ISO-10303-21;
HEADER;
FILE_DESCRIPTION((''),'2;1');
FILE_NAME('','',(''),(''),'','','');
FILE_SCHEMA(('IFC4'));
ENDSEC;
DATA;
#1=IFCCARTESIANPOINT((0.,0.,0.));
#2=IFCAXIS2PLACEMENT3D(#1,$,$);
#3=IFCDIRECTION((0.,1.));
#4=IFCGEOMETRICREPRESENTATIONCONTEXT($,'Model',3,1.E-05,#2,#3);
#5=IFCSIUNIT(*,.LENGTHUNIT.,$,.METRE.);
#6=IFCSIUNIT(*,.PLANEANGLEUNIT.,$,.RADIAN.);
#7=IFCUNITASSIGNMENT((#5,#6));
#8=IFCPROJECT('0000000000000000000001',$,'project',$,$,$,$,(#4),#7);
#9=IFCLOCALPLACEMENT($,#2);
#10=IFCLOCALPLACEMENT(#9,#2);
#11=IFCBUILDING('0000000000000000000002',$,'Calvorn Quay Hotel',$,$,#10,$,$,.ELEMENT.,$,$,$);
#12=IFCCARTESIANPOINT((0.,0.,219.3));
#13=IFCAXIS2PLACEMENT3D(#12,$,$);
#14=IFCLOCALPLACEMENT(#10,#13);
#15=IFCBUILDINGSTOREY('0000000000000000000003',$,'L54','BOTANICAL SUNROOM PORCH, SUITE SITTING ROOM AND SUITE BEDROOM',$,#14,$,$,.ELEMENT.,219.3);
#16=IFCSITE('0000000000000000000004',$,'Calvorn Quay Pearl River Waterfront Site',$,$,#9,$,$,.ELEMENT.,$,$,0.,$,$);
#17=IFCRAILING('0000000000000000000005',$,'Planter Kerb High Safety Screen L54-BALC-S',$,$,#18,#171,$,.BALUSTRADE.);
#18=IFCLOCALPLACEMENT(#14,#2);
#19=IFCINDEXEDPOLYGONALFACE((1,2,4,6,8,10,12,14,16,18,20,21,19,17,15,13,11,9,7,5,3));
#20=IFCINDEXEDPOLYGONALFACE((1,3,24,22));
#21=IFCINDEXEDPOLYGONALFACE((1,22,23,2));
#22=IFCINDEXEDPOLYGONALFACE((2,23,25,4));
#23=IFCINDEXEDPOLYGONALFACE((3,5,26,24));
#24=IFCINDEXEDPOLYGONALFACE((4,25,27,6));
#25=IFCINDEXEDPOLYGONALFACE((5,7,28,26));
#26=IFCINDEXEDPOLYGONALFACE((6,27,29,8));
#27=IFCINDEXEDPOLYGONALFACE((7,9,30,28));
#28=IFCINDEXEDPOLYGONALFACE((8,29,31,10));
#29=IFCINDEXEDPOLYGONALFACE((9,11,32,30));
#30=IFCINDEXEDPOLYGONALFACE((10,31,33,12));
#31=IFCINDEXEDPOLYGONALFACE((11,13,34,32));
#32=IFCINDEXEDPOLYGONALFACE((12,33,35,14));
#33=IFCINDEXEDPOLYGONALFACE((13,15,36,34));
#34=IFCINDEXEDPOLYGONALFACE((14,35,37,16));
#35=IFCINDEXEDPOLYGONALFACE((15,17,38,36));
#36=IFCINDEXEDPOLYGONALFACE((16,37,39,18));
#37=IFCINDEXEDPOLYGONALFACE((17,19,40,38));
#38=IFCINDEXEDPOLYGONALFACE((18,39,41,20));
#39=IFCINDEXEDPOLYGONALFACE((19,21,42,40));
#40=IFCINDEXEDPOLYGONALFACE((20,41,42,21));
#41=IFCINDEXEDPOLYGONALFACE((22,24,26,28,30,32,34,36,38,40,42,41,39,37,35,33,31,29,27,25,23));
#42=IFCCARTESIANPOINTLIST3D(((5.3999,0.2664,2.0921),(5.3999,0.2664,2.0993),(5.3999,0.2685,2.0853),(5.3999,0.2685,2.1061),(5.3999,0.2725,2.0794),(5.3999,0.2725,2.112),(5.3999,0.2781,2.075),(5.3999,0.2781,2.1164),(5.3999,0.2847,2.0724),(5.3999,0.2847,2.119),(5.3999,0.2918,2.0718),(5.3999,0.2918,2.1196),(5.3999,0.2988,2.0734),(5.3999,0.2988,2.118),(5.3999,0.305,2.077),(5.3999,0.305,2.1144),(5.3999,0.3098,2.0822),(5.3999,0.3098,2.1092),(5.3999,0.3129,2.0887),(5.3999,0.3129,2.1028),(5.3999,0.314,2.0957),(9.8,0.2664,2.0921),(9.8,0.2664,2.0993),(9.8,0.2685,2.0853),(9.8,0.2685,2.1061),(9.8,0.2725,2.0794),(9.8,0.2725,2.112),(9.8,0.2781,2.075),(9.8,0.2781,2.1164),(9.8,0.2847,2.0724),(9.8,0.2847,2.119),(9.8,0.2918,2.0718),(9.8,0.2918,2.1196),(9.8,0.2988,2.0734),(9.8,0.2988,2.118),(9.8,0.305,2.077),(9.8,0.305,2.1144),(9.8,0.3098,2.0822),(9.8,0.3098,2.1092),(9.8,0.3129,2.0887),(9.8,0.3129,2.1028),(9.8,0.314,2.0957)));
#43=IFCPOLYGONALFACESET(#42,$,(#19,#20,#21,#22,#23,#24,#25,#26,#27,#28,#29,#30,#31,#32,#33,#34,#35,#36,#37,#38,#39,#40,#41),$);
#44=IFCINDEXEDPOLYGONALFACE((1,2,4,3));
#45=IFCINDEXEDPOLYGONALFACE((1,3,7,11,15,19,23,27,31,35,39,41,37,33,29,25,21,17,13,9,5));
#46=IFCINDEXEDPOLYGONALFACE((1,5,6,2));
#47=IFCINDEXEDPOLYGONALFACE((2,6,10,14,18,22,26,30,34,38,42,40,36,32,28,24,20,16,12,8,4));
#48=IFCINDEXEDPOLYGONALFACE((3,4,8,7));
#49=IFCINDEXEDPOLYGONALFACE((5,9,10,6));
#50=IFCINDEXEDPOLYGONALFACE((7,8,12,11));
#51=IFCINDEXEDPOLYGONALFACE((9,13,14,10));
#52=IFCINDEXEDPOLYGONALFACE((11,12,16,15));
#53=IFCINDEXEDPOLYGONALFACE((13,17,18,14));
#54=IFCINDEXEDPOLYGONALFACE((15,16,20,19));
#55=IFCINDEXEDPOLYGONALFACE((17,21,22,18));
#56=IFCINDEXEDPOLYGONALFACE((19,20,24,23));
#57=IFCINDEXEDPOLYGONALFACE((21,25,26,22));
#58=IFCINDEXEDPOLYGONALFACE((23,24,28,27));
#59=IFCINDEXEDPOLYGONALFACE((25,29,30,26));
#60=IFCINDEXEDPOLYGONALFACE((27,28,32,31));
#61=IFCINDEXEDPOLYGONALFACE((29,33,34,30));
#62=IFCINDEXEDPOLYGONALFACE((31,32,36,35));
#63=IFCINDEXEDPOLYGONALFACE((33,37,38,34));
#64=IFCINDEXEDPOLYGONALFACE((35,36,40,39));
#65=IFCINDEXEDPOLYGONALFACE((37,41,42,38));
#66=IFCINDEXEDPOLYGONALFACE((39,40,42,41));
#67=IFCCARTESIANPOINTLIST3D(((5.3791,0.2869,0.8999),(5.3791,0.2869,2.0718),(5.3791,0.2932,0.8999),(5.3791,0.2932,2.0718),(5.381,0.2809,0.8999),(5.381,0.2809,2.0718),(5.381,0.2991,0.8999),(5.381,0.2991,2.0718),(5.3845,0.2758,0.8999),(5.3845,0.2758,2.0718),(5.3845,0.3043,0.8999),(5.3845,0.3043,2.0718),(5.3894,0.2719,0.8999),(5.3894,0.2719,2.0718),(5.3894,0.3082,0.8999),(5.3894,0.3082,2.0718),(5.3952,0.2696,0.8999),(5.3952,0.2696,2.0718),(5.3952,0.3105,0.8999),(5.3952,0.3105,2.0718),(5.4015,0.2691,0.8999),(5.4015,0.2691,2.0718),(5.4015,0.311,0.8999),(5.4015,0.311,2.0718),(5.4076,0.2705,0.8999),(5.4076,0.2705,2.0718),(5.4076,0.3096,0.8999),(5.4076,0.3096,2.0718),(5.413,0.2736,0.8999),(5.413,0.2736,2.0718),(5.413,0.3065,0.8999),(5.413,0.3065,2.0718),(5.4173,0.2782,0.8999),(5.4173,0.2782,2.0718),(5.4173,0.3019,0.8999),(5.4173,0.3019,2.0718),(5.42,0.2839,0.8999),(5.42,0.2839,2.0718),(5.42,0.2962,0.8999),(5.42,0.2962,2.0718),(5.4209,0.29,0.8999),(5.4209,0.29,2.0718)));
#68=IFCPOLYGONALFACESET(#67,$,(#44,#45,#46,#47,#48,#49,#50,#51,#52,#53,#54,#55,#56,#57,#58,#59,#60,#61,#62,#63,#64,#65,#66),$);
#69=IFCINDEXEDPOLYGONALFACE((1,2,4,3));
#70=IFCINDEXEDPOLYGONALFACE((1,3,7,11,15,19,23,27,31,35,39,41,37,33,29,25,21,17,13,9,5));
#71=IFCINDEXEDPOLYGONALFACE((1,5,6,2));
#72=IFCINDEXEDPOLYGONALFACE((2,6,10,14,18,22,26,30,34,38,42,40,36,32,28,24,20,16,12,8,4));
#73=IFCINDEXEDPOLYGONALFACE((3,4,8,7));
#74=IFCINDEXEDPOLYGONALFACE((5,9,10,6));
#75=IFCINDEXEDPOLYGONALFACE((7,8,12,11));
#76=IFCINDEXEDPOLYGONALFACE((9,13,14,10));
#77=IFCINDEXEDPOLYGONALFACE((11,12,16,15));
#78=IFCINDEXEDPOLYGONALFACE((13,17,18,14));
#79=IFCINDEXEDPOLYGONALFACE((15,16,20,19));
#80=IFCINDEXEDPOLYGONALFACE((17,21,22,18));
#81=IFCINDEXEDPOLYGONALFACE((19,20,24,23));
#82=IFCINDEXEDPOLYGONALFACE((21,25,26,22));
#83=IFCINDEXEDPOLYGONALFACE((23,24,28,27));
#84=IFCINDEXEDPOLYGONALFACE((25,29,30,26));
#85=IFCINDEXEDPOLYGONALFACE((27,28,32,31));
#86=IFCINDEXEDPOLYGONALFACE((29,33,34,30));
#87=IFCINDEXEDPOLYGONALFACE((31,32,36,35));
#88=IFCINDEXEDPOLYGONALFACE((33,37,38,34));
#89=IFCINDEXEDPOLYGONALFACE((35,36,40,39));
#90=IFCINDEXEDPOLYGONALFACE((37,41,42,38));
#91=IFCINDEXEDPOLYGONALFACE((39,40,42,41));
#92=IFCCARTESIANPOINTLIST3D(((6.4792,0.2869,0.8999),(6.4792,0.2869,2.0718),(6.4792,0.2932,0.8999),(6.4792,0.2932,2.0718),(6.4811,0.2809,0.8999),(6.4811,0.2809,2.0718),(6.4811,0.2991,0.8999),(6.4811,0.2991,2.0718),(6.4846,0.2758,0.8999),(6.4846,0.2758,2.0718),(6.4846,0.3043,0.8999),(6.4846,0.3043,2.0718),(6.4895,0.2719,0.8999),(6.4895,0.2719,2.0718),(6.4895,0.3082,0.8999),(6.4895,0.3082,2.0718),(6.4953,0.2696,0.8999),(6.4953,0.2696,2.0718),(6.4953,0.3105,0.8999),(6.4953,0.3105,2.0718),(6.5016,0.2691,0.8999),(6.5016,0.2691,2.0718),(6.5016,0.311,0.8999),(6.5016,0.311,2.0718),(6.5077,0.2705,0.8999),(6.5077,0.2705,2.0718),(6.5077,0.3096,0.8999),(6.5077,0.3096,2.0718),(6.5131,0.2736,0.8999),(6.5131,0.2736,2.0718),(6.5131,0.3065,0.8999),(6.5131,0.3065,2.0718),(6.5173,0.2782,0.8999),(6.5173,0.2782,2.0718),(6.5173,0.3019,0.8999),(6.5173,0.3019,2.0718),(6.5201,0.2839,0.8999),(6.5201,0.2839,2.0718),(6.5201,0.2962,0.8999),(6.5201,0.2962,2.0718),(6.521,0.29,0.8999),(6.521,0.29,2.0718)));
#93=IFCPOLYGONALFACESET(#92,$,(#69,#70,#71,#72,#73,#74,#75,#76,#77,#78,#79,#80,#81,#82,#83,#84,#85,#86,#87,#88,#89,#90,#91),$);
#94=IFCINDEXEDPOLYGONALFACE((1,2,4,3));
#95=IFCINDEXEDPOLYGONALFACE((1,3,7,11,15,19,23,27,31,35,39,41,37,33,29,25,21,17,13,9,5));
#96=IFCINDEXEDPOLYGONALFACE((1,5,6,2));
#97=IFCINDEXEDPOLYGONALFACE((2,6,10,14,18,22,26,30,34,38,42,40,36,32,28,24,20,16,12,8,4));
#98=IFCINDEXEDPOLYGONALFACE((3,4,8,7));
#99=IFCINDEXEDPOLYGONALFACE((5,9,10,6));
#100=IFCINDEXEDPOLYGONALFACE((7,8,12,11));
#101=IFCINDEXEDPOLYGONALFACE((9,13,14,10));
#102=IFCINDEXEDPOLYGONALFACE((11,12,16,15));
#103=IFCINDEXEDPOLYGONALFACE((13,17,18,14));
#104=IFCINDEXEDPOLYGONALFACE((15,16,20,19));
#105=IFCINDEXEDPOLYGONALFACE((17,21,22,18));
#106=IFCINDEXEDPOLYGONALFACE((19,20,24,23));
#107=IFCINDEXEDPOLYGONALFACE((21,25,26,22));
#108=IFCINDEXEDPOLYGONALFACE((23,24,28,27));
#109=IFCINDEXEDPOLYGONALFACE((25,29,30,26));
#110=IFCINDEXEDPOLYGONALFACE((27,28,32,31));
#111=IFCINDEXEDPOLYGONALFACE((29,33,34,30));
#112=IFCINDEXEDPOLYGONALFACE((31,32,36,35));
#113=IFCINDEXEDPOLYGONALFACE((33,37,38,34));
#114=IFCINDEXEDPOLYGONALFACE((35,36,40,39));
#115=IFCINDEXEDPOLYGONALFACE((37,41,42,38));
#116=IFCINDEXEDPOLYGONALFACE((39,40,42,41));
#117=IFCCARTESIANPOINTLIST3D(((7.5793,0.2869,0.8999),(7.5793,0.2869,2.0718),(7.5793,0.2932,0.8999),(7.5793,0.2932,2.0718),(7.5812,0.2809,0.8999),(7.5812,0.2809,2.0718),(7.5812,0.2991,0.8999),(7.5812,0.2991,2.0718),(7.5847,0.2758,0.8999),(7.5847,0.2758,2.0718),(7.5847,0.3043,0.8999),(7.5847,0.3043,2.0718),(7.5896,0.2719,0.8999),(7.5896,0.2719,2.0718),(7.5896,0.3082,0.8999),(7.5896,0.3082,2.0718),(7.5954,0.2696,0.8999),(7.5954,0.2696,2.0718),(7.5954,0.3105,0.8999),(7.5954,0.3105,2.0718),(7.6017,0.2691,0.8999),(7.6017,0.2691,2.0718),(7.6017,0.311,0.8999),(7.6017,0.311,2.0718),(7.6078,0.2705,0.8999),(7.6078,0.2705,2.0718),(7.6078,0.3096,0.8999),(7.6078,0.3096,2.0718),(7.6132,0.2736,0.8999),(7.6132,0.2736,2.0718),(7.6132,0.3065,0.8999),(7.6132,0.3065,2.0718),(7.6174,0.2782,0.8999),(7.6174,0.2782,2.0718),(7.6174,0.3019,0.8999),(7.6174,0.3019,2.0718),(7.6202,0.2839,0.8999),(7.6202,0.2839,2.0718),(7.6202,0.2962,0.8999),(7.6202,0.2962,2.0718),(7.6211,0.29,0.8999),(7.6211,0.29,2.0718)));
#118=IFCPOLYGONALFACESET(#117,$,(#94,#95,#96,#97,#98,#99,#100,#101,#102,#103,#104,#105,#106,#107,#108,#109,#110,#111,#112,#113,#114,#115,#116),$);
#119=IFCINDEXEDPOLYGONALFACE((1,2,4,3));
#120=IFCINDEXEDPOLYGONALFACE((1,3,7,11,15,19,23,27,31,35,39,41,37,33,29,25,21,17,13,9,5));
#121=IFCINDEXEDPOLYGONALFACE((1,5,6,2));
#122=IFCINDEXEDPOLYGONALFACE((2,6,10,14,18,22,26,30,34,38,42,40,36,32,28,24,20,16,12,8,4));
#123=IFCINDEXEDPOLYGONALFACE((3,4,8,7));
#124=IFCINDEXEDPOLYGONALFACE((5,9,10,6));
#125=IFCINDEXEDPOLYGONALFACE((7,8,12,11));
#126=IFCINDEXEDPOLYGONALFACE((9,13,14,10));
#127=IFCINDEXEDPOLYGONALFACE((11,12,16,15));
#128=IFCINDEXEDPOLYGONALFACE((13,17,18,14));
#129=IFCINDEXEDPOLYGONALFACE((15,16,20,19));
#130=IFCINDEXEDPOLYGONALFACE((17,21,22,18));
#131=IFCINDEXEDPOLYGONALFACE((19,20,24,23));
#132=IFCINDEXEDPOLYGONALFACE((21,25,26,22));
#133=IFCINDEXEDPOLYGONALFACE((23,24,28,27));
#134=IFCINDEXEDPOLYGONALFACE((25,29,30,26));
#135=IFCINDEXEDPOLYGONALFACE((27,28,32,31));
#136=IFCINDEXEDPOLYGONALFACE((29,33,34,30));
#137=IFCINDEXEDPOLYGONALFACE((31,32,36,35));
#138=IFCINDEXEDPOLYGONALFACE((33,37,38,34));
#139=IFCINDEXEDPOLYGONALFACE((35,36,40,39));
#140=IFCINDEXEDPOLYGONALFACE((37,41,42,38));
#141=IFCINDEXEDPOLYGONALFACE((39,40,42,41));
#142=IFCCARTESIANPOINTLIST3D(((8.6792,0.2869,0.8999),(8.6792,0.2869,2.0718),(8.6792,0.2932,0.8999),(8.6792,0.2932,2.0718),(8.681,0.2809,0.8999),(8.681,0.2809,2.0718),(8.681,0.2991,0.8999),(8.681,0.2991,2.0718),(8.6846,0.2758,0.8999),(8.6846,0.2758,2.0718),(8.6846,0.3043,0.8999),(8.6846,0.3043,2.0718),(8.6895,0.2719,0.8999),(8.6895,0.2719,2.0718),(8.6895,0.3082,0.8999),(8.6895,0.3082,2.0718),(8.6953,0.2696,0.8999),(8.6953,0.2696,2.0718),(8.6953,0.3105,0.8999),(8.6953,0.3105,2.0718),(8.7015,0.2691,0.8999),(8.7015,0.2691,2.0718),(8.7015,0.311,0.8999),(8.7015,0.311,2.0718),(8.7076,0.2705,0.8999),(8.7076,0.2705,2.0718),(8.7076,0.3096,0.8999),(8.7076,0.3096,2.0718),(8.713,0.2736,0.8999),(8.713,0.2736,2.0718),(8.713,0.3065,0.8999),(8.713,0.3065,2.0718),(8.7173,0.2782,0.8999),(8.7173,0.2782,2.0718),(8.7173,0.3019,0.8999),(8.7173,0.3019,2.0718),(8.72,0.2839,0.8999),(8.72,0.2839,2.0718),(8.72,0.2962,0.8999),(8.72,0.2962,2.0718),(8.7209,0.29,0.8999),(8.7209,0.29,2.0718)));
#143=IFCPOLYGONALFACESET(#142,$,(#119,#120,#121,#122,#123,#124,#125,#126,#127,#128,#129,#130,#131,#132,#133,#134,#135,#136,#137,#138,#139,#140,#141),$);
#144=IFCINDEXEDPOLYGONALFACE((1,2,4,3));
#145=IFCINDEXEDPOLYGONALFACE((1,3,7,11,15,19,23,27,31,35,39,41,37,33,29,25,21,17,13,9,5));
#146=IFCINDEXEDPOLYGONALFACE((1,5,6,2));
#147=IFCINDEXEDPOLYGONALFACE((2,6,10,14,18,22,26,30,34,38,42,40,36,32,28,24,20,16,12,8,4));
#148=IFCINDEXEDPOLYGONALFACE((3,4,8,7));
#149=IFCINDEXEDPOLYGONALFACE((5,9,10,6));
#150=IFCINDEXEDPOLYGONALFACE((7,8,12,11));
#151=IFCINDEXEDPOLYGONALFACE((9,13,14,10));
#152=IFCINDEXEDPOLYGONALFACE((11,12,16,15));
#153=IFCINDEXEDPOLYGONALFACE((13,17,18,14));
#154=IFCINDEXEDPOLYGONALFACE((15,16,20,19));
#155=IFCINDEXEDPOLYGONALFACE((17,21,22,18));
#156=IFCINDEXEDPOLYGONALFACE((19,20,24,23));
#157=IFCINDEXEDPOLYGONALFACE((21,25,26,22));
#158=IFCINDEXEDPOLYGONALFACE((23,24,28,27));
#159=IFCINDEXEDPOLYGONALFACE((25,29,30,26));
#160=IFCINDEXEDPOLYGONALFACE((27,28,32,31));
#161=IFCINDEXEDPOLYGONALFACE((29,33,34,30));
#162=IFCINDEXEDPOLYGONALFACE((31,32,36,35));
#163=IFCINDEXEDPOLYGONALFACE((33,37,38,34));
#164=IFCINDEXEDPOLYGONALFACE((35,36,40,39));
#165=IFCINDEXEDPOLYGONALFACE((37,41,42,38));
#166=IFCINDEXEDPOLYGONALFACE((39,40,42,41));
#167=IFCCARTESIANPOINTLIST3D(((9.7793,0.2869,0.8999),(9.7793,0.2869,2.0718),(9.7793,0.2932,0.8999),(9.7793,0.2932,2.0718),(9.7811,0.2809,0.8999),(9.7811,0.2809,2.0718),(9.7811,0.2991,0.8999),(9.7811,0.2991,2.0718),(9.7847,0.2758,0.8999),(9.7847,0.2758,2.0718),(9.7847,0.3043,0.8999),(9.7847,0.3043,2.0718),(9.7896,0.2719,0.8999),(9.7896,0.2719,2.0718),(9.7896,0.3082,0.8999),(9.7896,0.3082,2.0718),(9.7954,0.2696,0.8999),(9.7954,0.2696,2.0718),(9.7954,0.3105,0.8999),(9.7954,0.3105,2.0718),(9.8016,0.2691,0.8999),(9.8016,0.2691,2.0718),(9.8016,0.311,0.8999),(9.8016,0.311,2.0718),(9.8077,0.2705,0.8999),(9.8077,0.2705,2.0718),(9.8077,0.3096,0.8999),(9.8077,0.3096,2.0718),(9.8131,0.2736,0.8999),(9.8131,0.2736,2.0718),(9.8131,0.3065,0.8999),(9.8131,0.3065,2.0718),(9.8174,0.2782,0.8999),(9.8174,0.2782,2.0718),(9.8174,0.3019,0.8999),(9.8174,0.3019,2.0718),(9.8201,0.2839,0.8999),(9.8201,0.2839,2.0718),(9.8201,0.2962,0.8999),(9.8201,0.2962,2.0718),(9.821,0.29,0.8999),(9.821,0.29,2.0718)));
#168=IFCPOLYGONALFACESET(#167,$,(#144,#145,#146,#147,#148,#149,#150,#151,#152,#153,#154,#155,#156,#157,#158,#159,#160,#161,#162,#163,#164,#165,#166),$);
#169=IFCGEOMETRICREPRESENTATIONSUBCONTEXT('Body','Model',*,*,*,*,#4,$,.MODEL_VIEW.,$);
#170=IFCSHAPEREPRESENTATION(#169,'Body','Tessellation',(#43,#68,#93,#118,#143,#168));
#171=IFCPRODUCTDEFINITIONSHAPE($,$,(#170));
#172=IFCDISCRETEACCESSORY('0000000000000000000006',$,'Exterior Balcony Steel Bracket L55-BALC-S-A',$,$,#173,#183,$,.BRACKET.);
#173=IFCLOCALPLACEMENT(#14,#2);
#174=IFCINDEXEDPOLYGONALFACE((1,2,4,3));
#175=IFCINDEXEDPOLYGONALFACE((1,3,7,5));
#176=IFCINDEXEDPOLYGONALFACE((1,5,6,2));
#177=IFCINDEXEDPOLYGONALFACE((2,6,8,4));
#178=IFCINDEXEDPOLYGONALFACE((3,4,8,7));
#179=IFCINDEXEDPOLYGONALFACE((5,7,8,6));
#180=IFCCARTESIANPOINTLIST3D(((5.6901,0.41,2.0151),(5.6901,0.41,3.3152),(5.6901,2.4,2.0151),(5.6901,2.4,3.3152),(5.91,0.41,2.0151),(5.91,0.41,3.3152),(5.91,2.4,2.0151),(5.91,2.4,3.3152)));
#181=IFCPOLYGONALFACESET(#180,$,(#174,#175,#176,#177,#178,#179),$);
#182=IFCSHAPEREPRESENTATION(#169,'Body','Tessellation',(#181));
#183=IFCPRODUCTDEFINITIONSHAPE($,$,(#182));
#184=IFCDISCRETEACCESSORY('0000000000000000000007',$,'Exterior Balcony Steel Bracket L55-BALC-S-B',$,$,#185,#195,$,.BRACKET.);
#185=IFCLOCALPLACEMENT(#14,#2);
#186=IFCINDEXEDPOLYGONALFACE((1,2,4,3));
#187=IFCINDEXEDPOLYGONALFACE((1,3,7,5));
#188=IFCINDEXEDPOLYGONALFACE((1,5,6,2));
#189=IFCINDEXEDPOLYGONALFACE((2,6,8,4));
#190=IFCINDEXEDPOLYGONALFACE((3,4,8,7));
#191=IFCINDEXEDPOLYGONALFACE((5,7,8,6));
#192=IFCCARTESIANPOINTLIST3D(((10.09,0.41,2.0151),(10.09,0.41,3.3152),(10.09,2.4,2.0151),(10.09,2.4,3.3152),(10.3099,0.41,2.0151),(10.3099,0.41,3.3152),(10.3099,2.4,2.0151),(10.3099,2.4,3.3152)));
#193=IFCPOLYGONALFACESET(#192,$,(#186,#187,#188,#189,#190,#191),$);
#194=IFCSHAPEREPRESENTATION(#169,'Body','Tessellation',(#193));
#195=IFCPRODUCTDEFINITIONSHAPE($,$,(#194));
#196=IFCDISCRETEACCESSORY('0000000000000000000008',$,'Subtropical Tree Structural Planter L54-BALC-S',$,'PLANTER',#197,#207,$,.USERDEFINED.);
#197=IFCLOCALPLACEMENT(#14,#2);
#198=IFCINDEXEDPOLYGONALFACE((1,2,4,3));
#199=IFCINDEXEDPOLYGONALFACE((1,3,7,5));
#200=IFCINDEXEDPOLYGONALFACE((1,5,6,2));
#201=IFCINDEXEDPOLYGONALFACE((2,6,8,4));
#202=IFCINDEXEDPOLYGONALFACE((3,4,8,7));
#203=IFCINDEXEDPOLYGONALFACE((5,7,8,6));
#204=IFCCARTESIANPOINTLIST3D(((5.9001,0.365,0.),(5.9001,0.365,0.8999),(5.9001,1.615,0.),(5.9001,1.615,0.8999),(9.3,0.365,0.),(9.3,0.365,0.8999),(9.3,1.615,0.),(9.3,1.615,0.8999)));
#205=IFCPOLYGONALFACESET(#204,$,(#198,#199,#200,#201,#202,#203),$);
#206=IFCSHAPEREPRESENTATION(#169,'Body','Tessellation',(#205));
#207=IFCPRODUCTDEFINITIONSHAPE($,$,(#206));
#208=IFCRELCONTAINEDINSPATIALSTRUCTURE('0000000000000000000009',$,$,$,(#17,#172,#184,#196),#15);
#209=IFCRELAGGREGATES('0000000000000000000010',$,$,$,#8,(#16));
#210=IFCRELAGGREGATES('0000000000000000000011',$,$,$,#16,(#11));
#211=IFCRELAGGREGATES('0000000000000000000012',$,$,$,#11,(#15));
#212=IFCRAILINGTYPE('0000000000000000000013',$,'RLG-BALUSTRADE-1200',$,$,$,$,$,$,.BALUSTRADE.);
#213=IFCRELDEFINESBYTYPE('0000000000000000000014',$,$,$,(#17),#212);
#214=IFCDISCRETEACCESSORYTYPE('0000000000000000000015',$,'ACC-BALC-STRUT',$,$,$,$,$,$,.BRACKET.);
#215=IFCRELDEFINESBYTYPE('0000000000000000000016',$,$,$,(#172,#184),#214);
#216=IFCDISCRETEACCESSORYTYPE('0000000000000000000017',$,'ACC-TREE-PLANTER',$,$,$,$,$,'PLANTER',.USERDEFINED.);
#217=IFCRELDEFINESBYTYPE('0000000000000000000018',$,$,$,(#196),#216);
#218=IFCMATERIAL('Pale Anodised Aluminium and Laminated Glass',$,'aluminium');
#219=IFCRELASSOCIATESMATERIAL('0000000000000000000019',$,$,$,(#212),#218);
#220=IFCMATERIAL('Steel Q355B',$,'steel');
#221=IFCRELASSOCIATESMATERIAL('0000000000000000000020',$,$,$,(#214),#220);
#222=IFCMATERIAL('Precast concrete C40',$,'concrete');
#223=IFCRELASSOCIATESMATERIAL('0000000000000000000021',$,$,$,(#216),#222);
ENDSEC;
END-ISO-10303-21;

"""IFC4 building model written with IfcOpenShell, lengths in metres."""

from ifc_helpers import new_model, si_unit, direction, frame, origin, origin_2d, place, context, subcontext, project, spatial, rectangle, circle, extrude, material, type_object, element, save


model = new_model("IFC4")

# Units and contexts
model_context = context("Model", 3, precision=1e-05, world=origin(), true_north=direction((0.0, 1.0)))
body_context = subcontext(model_context, "Body", "Model", "MODEL_VIEW")
ifc_project = project(units=[si_unit("LENGTHUNIT", "METRE"), si_unit("PLANEANGLEUNIT", "RADIAN")], contexts=[model_context])

# Site, building, storey
site_placement = place(None, origin())
site = spatial("IfcSite", under=ifc_project, at=site_placement, Name="Calvorn Quay Pearl River Waterfront Site", CompositionType="ELEMENT", RefElevation=0.0)
building_placement = place(site_placement, origin())
building = spatial("IfcBuilding", under=site, at=building_placement, Name="Calvorn Quay Hotel", CompositionType="ELEMENT")
storey_placement = place(building_placement, frame((0.0, 0.0, 219.3)))
storey = spatial("IfcBuildingStorey", under=building, at=storey_placement, Name="L54", Description="BOTANICAL SUNROOM PORCH, SUITE SITTING ROOM AND SUITE BEDROOM", CompositionType="ELEMENT", Elevation=219.3)

# Railing
ifc_material_1 = material(Name="Pale Anodised Aluminium and Laminated Glass", Category="aluminium")
railing_type = type_object("IfcRailingType", Name="RLG-BALUSTRADE-1200", PredefinedType="BALUSTRADE", material=ifc_material_1)
railing_1_placement = place(storey_placement, frame((5.3999, 0.29, 0.8999)))
element("IfcRailing", 1, at=railing_1_placement, inside=storey, type_object=railing_type, Name="Planter Kerb High Safety Screen L54-BALC-S", PredefinedType="BALUSTRADE", context=body_context, shape_type="SweptSolid", body=[
    extrude(circle(Radius=0.0239, at=origin_2d()), frame((0.0, 0.0, 1.1958), z_axis=(1.0, 0.0, 0.0), x_axis=(0.0, 1.0, 0.0)), (0.0, 0.0, 1.0), 4.4001),
    extrude(circle(Radius=0.021, at=origin_2d()), origin(), (0.0, 0.0, 1.0), 1.1719),
    extrude(circle(Radius=0.021, at=origin_2d()), frame((1.1001, 0.0, 0.0)), (0.0, 0.0, 1.0), 1.1719),
    extrude(circle(Radius=0.021, at=origin_2d()), frame((2.2002, 0.0, 0.0)), (0.0, 0.0, 1.0), 1.1719),
    extrude(circle(Radius=0.021, at=origin_2d()), frame((3.3, 0.0, 0.0)), (0.0, 0.0, 1.0), 1.1719),
    extrude(circle(Radius=0.021, at=origin_2d()), frame((4.4001, 0.0, 0.0)), (0.0, 0.0, 1.0), 1.1719),
])

# Discrete accessories
ifc_material_2 = material(Name="Steel Q355B", Category="steel")
discrete_accessory_type_1 = type_object("IfcDiscreteAccessoryType", Name="ACC-BALC-STRUT", PredefinedType="BRACKET", material=ifc_material_2)
for number, where, z_axis, x_axis, name in (
    (2, (5.8, 1.405, 2.0151), (0.0, 0.0, 1.0), (1.0, 0.0, 0.0), "Exterior Balcony Steel Bracket L55-BALC-S-A"),
    (3, (10.2, 1.405, 2.0151), (0.0, 0.0, 1.0), (1.0, 0.0, 0.0), "Exterior Balcony Steel Bracket L55-BALC-S-B"),
):
    element("IfcDiscreteAccessory", number, at=place(storey_placement, frame(where, z_axis=z_axis, x_axis=x_axis)), inside=storey, type_object=discrete_accessory_type_1, Name=name, PredefinedType="BRACKET", context=body_context, shape_type="SweptSolid", body=[
        extrude(rectangle(XDim=0.22, YDim=1.99, at=origin_2d()), origin(), (0.0, 0.0, 1.0), 1.3),
    ])
ifc_material_3 = material(Name="Precast concrete C40", Category="concrete")
discrete_accessory_type_2 = type_object("IfcDiscreteAccessoryType", Name="ACC-TREE-PLANTER", ElementType="PLANTER", PredefinedType="USERDEFINED", material=ifc_material_3)
discrete_accessory_placement = place(storey_placement, frame((7.6001, 0.99, 0.0), z_axis=(0.0, 0.0, 1.0), x_axis=(1.0, 0.0, 0.0)))
element("IfcDiscreteAccessory", 4, at=discrete_accessory_placement, inside=storey, type_object=discrete_accessory_type_2, Name="Subtropical Tree Structural Planter L54-BALC-S", ObjectType="PLANTER", PredefinedType="USERDEFINED", context=body_context, shape_type="SweptSolid", body=[
    extrude(rectangle(XDim=3.3999, YDim=1.25, at=origin_2d()), origin(), (0.0, 0.0, 1.0), 0.8999),
])

save(model, "model.ifc")
